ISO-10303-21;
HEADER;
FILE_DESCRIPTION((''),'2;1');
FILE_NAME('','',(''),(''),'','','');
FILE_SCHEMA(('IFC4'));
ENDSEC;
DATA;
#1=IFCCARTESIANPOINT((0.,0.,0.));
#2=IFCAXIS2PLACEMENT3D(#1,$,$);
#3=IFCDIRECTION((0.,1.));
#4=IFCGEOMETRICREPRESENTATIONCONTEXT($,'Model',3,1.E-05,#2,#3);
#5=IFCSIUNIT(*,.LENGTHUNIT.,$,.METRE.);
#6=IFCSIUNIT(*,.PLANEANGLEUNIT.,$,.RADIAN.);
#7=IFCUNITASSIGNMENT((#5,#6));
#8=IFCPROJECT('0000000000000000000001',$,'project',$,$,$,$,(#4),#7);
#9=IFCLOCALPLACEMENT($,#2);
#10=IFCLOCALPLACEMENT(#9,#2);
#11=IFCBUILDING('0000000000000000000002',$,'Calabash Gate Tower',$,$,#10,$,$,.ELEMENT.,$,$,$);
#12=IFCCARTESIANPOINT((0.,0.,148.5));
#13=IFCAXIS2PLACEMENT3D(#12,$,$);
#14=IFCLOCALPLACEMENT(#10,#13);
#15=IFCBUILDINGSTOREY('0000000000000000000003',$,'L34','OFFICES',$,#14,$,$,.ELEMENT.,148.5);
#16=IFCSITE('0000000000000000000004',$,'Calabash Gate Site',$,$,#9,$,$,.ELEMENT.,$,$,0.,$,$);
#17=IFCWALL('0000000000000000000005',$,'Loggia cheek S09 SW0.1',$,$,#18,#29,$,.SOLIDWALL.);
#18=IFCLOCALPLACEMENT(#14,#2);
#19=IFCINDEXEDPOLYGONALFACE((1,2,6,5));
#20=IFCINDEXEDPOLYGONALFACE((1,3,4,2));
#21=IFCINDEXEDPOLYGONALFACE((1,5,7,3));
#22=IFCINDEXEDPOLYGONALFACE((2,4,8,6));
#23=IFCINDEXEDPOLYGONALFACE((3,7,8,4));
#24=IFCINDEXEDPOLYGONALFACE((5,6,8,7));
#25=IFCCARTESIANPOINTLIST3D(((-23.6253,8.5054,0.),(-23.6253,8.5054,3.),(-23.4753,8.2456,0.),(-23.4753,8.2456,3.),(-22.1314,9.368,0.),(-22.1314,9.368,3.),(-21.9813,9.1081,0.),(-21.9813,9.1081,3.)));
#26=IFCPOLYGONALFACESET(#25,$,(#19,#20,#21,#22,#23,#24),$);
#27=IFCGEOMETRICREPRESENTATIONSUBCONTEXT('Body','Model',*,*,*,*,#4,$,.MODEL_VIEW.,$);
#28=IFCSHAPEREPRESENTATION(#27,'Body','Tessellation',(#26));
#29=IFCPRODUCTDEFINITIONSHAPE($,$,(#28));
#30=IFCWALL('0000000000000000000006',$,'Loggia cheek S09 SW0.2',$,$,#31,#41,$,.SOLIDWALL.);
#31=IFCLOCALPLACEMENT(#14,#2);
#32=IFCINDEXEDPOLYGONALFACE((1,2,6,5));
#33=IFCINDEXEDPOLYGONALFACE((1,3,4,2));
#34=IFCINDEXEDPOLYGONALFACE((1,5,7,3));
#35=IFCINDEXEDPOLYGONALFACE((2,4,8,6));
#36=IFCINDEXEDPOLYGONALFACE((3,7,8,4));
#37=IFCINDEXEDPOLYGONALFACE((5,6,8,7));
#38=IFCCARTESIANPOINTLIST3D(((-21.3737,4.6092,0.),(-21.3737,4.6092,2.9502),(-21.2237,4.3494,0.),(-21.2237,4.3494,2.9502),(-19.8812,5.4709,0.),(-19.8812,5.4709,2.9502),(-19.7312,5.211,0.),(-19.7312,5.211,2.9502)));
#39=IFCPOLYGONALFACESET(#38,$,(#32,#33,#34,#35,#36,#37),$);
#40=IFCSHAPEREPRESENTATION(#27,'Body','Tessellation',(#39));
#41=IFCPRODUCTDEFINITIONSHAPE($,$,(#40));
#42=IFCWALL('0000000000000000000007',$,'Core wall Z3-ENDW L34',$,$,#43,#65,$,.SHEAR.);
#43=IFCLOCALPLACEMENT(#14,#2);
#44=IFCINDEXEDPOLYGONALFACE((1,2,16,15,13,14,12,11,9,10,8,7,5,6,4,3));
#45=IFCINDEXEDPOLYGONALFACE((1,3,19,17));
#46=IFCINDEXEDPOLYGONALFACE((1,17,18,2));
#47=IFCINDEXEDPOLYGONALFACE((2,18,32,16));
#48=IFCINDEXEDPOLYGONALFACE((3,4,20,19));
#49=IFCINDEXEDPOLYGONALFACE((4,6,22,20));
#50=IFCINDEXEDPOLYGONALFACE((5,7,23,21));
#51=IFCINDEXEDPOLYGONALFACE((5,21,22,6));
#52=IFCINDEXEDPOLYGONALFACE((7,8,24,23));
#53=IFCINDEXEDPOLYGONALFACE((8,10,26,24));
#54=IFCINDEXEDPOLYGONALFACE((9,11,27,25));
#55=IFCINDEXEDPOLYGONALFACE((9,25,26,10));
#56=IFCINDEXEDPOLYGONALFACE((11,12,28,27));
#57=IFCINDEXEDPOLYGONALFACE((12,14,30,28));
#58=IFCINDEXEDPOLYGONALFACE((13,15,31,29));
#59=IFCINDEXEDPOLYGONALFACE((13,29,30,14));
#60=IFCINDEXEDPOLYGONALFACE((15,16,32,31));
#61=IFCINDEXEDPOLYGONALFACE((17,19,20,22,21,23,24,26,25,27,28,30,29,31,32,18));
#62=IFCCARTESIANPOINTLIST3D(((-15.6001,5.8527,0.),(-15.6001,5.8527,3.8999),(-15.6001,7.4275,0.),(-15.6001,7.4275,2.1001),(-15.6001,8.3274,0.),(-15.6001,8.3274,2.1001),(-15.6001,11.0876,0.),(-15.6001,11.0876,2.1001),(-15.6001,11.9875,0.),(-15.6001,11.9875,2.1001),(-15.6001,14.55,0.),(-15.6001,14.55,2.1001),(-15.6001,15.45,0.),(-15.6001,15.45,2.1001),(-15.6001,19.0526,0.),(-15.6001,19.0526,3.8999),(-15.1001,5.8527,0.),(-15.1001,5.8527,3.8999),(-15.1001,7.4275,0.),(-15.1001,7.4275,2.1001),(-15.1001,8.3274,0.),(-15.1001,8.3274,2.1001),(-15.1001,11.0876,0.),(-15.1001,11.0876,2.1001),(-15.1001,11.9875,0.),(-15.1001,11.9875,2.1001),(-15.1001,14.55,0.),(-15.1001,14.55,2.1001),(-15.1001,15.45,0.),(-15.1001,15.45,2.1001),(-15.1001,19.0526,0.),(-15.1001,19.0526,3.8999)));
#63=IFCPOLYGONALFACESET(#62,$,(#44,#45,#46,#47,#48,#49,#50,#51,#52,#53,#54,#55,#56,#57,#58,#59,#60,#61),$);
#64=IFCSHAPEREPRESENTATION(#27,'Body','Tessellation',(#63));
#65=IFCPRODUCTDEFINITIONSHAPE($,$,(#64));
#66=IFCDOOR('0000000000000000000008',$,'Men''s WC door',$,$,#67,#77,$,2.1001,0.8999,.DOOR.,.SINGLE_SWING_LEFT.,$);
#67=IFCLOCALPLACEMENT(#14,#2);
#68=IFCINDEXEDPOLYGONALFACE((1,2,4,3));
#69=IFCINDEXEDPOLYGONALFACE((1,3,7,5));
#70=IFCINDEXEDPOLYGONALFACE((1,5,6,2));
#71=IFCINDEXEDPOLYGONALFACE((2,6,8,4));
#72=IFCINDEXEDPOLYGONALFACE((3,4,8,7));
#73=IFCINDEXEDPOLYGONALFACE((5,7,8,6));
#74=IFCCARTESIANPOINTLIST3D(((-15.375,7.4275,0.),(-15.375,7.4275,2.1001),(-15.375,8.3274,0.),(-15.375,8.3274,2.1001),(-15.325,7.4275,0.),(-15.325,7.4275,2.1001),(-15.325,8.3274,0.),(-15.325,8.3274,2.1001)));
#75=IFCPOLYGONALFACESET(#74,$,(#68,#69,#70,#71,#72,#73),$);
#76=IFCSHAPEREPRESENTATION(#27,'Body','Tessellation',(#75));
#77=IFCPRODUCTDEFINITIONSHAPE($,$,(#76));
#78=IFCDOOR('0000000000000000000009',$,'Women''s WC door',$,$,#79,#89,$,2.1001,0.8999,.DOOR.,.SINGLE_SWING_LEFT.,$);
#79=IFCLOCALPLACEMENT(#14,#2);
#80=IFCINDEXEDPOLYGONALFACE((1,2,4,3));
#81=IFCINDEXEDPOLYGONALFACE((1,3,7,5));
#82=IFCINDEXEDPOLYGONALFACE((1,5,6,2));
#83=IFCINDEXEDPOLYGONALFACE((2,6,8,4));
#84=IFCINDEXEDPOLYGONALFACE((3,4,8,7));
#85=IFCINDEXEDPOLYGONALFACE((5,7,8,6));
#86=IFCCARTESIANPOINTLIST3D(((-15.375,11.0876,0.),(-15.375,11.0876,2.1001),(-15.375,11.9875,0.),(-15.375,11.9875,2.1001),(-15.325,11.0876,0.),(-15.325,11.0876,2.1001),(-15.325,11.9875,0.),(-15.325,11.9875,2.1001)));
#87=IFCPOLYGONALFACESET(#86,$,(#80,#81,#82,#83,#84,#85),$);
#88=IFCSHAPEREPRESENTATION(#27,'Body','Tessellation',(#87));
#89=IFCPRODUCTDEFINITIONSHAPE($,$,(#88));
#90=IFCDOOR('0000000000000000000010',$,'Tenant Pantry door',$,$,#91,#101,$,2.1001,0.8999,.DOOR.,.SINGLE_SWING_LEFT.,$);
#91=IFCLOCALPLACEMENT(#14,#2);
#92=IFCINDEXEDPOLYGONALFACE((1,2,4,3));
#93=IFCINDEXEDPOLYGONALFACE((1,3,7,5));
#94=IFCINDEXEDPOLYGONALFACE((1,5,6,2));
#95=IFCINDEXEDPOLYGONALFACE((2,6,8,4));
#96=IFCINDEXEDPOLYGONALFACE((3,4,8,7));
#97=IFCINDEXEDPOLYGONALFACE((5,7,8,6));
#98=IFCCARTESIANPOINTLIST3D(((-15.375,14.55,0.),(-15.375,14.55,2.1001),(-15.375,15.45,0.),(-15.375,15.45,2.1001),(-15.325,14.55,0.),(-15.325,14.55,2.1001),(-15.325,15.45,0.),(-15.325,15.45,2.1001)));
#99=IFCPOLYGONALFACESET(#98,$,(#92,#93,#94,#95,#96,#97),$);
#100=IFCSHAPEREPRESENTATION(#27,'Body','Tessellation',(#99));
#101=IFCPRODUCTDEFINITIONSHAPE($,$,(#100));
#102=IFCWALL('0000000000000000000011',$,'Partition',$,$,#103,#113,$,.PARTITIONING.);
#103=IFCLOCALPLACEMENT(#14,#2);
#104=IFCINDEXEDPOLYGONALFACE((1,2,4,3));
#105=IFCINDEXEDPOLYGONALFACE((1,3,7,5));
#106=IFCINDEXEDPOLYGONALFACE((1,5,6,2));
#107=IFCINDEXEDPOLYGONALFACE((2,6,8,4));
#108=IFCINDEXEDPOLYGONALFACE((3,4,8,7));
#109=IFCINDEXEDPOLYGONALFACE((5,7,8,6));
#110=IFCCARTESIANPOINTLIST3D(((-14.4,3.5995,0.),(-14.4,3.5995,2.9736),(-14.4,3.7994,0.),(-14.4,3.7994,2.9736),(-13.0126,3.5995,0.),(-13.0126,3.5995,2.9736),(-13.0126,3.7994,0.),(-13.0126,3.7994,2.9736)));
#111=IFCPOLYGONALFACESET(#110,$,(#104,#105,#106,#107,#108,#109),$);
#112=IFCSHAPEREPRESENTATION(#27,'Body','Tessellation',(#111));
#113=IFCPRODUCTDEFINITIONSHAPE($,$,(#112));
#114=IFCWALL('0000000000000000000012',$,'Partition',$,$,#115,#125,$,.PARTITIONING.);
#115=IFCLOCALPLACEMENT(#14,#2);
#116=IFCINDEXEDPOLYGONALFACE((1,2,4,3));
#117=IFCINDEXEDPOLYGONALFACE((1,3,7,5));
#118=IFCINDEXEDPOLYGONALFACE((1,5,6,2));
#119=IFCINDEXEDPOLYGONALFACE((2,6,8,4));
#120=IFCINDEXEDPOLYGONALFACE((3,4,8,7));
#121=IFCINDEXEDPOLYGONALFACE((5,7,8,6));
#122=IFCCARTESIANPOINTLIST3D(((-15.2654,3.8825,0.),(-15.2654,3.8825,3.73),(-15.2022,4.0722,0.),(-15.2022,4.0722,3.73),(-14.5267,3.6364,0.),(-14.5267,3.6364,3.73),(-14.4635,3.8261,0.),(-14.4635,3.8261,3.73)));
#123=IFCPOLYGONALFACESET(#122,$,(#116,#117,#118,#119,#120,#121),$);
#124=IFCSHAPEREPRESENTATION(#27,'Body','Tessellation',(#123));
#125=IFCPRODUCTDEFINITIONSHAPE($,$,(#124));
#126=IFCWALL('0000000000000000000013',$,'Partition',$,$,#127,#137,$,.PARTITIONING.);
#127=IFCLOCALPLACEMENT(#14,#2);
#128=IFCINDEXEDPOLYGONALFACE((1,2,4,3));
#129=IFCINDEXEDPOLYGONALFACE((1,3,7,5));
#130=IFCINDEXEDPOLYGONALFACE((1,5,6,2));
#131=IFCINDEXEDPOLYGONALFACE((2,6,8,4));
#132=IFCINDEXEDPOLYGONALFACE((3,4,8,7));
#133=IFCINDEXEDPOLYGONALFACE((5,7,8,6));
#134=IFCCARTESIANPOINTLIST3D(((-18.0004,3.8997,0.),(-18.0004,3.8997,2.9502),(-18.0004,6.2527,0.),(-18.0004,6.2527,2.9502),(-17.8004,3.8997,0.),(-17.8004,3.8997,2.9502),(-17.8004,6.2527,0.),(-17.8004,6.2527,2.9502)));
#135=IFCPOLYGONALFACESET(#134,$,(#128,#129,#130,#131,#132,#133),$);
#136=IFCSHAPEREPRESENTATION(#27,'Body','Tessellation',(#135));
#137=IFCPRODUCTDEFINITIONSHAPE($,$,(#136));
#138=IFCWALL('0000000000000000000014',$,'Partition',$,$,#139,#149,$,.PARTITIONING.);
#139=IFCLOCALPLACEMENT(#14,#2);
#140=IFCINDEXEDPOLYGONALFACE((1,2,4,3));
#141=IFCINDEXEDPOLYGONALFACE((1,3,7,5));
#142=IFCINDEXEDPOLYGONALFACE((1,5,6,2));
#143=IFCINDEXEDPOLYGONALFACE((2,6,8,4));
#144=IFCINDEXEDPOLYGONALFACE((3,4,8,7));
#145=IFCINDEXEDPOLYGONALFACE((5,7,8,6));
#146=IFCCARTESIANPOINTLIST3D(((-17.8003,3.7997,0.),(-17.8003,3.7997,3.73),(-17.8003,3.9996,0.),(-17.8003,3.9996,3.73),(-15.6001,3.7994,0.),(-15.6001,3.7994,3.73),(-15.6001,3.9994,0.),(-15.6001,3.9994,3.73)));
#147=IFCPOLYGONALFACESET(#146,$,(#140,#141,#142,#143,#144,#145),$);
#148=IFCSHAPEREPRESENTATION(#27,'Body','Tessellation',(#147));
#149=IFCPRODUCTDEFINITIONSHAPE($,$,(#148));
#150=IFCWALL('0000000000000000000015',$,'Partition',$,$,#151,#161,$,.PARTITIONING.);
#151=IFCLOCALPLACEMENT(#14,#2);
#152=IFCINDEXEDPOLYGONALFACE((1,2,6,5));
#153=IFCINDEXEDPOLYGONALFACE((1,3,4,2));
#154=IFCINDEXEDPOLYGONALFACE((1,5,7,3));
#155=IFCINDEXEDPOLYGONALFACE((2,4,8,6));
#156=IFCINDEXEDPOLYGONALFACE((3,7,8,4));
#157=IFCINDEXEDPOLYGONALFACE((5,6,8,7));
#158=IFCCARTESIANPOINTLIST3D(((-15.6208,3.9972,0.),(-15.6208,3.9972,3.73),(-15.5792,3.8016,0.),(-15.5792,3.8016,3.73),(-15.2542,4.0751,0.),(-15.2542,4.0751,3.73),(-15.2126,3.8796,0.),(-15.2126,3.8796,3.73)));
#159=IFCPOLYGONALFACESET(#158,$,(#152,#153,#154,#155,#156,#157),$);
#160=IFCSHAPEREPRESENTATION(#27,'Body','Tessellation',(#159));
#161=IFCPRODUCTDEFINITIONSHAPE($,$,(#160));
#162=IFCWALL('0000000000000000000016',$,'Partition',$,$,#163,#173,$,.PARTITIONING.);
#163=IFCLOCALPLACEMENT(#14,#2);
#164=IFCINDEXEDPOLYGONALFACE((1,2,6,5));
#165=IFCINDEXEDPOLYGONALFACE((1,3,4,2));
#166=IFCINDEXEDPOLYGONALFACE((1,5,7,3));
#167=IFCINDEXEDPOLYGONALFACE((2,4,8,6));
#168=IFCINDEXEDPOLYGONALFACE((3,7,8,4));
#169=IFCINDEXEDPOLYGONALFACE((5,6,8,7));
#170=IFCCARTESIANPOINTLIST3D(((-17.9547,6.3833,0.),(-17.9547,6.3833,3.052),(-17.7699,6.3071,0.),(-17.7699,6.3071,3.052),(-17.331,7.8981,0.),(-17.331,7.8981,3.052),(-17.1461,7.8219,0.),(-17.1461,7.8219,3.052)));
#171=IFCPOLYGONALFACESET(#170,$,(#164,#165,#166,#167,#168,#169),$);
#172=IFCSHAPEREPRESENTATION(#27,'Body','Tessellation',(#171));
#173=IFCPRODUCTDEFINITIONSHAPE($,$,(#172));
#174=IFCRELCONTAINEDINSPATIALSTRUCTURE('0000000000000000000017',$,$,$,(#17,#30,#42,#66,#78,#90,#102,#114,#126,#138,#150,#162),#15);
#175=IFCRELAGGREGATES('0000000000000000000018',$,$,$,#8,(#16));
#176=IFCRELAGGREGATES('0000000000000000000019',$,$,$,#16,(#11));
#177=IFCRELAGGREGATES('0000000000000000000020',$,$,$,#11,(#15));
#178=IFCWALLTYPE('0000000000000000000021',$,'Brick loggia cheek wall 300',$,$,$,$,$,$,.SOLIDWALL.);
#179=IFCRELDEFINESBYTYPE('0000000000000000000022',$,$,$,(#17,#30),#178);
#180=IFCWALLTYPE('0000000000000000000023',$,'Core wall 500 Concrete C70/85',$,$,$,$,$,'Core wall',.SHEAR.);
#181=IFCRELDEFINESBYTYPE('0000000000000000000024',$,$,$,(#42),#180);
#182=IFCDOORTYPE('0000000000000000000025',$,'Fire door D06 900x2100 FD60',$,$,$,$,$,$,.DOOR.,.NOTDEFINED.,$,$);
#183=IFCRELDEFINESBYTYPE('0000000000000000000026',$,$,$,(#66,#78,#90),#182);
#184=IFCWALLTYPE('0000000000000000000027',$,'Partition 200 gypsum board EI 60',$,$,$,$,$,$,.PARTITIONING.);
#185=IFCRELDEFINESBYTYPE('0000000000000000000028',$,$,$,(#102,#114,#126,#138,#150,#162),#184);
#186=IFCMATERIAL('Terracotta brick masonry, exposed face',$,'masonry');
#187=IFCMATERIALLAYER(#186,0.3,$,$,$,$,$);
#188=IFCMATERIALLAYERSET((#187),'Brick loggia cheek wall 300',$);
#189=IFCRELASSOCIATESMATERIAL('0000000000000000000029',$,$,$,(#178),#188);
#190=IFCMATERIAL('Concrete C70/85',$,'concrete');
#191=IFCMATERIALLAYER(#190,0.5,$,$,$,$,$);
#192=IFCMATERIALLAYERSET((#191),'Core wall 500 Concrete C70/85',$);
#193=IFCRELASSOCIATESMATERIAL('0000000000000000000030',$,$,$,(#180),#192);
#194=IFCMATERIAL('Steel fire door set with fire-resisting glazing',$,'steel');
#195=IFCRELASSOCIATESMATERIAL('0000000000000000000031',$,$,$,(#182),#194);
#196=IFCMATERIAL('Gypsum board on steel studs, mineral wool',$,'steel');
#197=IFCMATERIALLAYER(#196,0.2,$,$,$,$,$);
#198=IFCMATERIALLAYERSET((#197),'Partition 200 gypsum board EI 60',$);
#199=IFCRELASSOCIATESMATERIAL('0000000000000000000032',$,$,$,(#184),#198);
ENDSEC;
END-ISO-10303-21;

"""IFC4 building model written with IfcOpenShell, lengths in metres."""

from ifc_helpers import new_model, si_unit, direction, frame, frame_2d, origin, place, context, subcontext, project, spatial, rectangle, extrude, material, layer, layer_set, type_object, element, fill, save


model = new_model("IFC4")

# Units and contexts
model_context = context("Model", 3, precision=1e-05, world=origin(), true_north=direction((0.0, 1.0)))
body_context = subcontext(model_context, "Body", "Model", "MODEL_VIEW")
ifc_project = project(units=[si_unit("LENGTHUNIT", "METRE"), si_unit("PLANEANGLEUNIT", "RADIAN")], contexts=[model_context])

# Site, building, storey
site_placement = place(None, origin())
site = spatial("IfcSite", under=ifc_project, at=site_placement, Name="Calabash Gate Site", CompositionType="ELEMENT", RefElevation=0.0)
building_placement = place(site_placement, origin())
building = spatial("IfcBuilding", under=site, at=building_placement, Name="Calabash Gate Tower", CompositionType="ELEMENT")
storey_placement = place(building_placement, frame((0.0, 0.0, 148.5)))
storey = spatial("IfcBuildingStorey", under=building, at=storey_placement, Name="L34", Description="OFFICES", CompositionType="ELEMENT", Elevation=148.5)

# Walls
ifc_material_1 = material(Name="Terracotta brick masonry, exposed face", Category="masonry")
ifc_layer_1 = layer(ifc_material_1, 0.3)
ifc_layer_set_1 = layer_set([ifc_layer_1], Name="Brick loggia cheek wall 300")
wall_type_1 = type_object("IfcWallType", Name="Brick loggia cheek wall 300", PredefinedType="SOLIDWALL", material=ifc_layer_set_1)
wall_1_placement = place(storey_placement, frame((-23.5503, 8.3755, 0.0), z_axis=(0.0, 0.0, 1.0), x_axis=(0.866014, 0.500021, 0.0)))
element("IfcWall", 1, at=wall_1_placement, inside=storey, type_object=wall_type_1, Name="Loggia cheek S09 SW0.1", PredefinedType="SOLIDWALL", context=body_context, shape_type="SweptSolid", body=[
    extrude(rectangle(XDim=1.7251, YDim=0.3, at=frame_2d((0.8625, 0.0))), origin(), (0.0, 0.0, 1.0), 3.0),
])
wall_2_placement = place(storey_placement, frame((-21.2988, 4.4792, 0.0), z_axis=(0.0, 0.0, 1.0), x_axis=(0.866046, 0.499964, 0.0)))
element("IfcWall", 2, at=wall_2_placement, inside=storey, type_object=wall_type_1, Name="Loggia cheek S09 SW0.2", PredefinedType="SOLIDWALL", context=body_context, shape_type="SweptSolid", body=[
    extrude(rectangle(XDim=1.7234, YDim=0.3, at=frame_2d((0.8618, 0.0))), origin(), (0.0, 0.0, 1.0), 2.9502),
])

# Wall, openings, doors
ifc_material_2 = material(Name="Concrete C70/85", Category="concrete")
ifc_layer_2 = layer(ifc_material_2, 0.5)
ifc_layer_set_2 = layer_set([ifc_layer_2], Name="Core wall 500 Concrete C70/85")
wall_type_2 = type_object("IfcWallType", Name="Core wall 500 Concrete C70/85", ElementType="Core wall", PredefinedType="SHEAR", material=ifc_layer_set_2)
wall_3_placement = place(storey_placement, frame((-15.3501, 5.8525, 0.0), z_axis=(0.0, 0.0, 1.0), x_axis=(0.0, 1.0, 0.0)))
wall_3 = element("IfcWall", 3, at=wall_3_placement, inside=storey, type_object=wall_type_2, Name="Core wall Z3-ENDW L34", PredefinedType="SHEAR", context=body_context, shape_type="SweptSolid", body=[
    extrude(rectangle(XDim=13.2, YDim=0.5, at=frame_2d((6.6001, 0.0))), origin(), (0.0, 0.0, 1.0), 3.8999),
])
opening_1_placement = place(wall_3_placement, frame((1.575, 0.0, 0.0)))
opening_1 = element("IfcOpeningElement", 4, at=opening_1_placement, cuts=wall_3, PredefinedType="OPENING", context=body_context, shape_type="SweptSolid", body=[
    extrude(rectangle(XDim=0.8999, YDim=2.1001, at=frame_2d((0.45, 1.05))), frame((0.0, 0.26, 0.0), z_axis=(0.0, -1.0, 0.0), x_axis=(1.0, 0.0, 0.0)), (0.0, 0.0, 1.0), 0.52),
])
opening_2_placement = place(wall_3_placement, frame((5.2351, 0.0, 0.0)))
opening_2 = element("IfcOpeningElement", 5, at=opening_2_placement, cuts=wall_3, PredefinedType="OPENING", context=body_context, shape_type="SweptSolid", body=[
    extrude(rectangle(XDim=0.8999, YDim=2.1001, at=frame_2d((0.45, 1.05))), frame((0.0, 0.26, 0.0), z_axis=(0.0, -1.0, 0.0), x_axis=(1.0, 0.0, 0.0)), (0.0, 0.0, 1.0), 0.52),
])
opening_3_placement = place(wall_3_placement, frame((8.6975, 0.0, 0.0)))
opening_3 = element("IfcOpeningElement", 6, at=opening_3_placement, cuts=wall_3, PredefinedType="OPENING", context=body_context, shape_type="SweptSolid", body=[
    extrude(rectangle(XDim=0.8999, YDim=2.1001, at=frame_2d((0.45, 1.05))), frame((0.0, 0.26, 0.0), z_axis=(0.0, -1.0, 0.0), x_axis=(1.0, 0.0, 0.0)), (0.0, 0.0, 1.0), 0.52),
])
ifc_material_3 = material(Name="Steel fire door set with fire-resisting glazing", Category="steel")
door_type_1 = type_object("IfcDoorType", Name="Fire door D06 900x2100 FD60", OperationType="NOTDEFINED", PredefinedType="DOOR", material=ifc_material_3)
door_1_placement = place(opening_1_placement, origin())
door_1 = element("IfcDoor", 7, at=door_1_placement, inside=storey, type_object=door_type_1, Name="Men's WC door", OperationType="SINGLE_SWING_LEFT", OverallHeight=2.1001, OverallWidth=0.8999, PredefinedType="DOOR", context=body_context, shape_type="SweptSolid", body=[
    extrude(rectangle(XDim=0.8999, YDim=2.1001, at=frame_2d((0.45, 1.05))), frame((0.0, 0.0249, 0.0), z_axis=(0.0, -1.0, 0.0), x_axis=(1.0, 0.0, 0.0)), (0.0, 0.0, 1.0), 0.05),
])
fill(opening_1, door_1)
door_2_placement = place(opening_2_placement, origin())
door_2 = element("IfcDoor", 8, at=door_2_placement, inside=storey, type_object=door_type_1, Name="Women's WC door", OperationType="SINGLE_SWING_LEFT", OverallHeight=2.1001, OverallWidth=0.8999, PredefinedType="DOOR", context=body_context, shape_type="SweptSolid", body=[
    extrude(rectangle(XDim=0.8999, YDim=2.1001, at=frame_2d((0.45, 1.05))), frame((0.0, 0.0249, 0.0), z_axis=(0.0, -1.0, 0.0), x_axis=(1.0, 0.0, 0.0)), (0.0, 0.0, 1.0), 0.05),
])
fill(opening_2, door_2)
door_3_placement = place(opening_3_placement, origin())
door_3 = element("IfcDoor", 9, at=door_3_placement, inside=storey, type_object=door_type_1, Name="Tenant Pantry door", OperationType="SINGLE_SWING_LEFT", OverallHeight=2.1001, OverallWidth=0.8999, PredefinedType="DOOR", context=body_context, shape_type="SweptSolid", body=[
    extrude(rectangle(XDim=0.8999, YDim=2.1001, at=frame_2d((0.45, 1.05))), frame((0.0, 0.0249, 0.0), z_axis=(0.0, -1.0, 0.0), x_axis=(1.0, 0.0, 0.0)), (0.0, 0.0, 1.0), 0.05),
])
fill(opening_3, door_3)

# Walls
ifc_material_4 = material(Name="Gypsum board on steel studs, mineral wool", Category="steel")
ifc_layer_3 = layer(ifc_material_4, 0.2)
ifc_layer_set_3 = layer_set([ifc_layer_3], Name="Partition 200 gypsum board EI 60")
wall_type_3 = type_object("IfcWallType", Name="Partition 200 gypsum board EI 60", PredefinedType="PARTITIONING", material=ifc_layer_set_3)
wall_4_placement = place(storey_placement, frame((-14.4001, 3.6995, 0.0), z_axis=(0.0, 0.0, 1.0), x_axis=(1.0, 0.0, 0.0)))
element("IfcWall", 10, at=wall_4_placement, inside=storey, type_object=wall_type_3, Name="Partition", PredefinedType="PARTITIONING", context=body_context, shape_type="SweptSolid", body=[
    extrude(rectangle(XDim=1.3875, YDim=0.2, at=frame_2d((0.6938, 0.0))), origin(), (0.0, 0.0, 1.0), 2.9736),
])
wall_5_placement = place(storey_placement, frame((-15.2336, 3.9773, 0.0), z_axis=(0.0, 0.0, 1.0), x_axis=(0.948746, -0.31604, 0.0)))
element("IfcWall", 11, at=wall_5_placement, inside=storey, type_object=wall_type_3, Name="Partition", PredefinedType="PARTITIONING", context=body_context, shape_type="SweptSolid", body=[
    extrude(rectangle(XDim=0.7786, YDim=0.2, at=frame_2d((0.3892, 0.0))), origin(), (0.0, 0.0, 1.0), 3.73),
])
wall_6_placement = place(storey_placement, frame((-17.9004, 6.2527, 0.0), z_axis=(0.0, 0.0, 1.0), x_axis=(0.0, -1.0, 0.0)))
element("IfcWall", 12, at=wall_6_placement, inside=storey, type_object=wall_type_3, Name="Partition", PredefinedType="PARTITIONING", context=body_context, shape_type="SweptSolid", body=[
    extrude(rectangle(XDim=2.353, YDim=0.2, at=frame_2d((1.1765, 0.0))), origin(), (0.0, 0.0, 1.0), 2.9502),
])
wall_7_placement = place(storey_placement, frame((-17.8003, 3.8997, 0.0), z_axis=(0.0, 0.0, 1.0), x_axis=(1.0, -0.000111, 0.0)))
element("IfcWall", 13, at=wall_7_placement, inside=storey, type_object=wall_type_3, Name="Partition", PredefinedType="PARTITIONING", context=body_context, shape_type="SweptSolid", body=[
    extrude(rectangle(XDim=2.2002, YDim=0.2, at=frame_2d((1.1001, 0.0))), origin(), (0.0, 0.0, 1.0), 3.73),
])
wall_8_placement = place(storey_placement, frame((-15.6001, 3.8994, 0.0), z_axis=(0.0, 0.0, 1.0), x_axis=(0.978154, 0.207882, 0.0)))
element("IfcWall", 14, at=wall_8_placement, inside=storey, type_object=wall_type_3, Name="Partition", PredefinedType="PARTITIONING", context=body_context, shape_type="SweptSolid", body=[
    extrude(rectangle(XDim=0.3748, YDim=0.2, at=frame_2d((0.1875, 0.0))), origin(), (0.0, 0.0, 1.0), 3.73),
])
wall_9_placement = place(storey_placement, frame((-17.8623, 6.3452, 0.0), z_axis=(0.0, 0.0, 1.0), x_axis=(0.38075, 0.924678, 0.0)))
element("IfcWall", 15, at=wall_9_placement, inside=storey, type_object=wall_type_3, Name="Partition", PredefinedType="PARTITIONING", context=body_context, shape_type="SweptSolid", body=[
    extrude(rectangle(XDim=1.6382, YDim=0.2, at=frame_2d((0.8191, 0.0))), origin(), (0.0, 0.0, 1.0), 3.052),
])

save(model, "model.ifc")
